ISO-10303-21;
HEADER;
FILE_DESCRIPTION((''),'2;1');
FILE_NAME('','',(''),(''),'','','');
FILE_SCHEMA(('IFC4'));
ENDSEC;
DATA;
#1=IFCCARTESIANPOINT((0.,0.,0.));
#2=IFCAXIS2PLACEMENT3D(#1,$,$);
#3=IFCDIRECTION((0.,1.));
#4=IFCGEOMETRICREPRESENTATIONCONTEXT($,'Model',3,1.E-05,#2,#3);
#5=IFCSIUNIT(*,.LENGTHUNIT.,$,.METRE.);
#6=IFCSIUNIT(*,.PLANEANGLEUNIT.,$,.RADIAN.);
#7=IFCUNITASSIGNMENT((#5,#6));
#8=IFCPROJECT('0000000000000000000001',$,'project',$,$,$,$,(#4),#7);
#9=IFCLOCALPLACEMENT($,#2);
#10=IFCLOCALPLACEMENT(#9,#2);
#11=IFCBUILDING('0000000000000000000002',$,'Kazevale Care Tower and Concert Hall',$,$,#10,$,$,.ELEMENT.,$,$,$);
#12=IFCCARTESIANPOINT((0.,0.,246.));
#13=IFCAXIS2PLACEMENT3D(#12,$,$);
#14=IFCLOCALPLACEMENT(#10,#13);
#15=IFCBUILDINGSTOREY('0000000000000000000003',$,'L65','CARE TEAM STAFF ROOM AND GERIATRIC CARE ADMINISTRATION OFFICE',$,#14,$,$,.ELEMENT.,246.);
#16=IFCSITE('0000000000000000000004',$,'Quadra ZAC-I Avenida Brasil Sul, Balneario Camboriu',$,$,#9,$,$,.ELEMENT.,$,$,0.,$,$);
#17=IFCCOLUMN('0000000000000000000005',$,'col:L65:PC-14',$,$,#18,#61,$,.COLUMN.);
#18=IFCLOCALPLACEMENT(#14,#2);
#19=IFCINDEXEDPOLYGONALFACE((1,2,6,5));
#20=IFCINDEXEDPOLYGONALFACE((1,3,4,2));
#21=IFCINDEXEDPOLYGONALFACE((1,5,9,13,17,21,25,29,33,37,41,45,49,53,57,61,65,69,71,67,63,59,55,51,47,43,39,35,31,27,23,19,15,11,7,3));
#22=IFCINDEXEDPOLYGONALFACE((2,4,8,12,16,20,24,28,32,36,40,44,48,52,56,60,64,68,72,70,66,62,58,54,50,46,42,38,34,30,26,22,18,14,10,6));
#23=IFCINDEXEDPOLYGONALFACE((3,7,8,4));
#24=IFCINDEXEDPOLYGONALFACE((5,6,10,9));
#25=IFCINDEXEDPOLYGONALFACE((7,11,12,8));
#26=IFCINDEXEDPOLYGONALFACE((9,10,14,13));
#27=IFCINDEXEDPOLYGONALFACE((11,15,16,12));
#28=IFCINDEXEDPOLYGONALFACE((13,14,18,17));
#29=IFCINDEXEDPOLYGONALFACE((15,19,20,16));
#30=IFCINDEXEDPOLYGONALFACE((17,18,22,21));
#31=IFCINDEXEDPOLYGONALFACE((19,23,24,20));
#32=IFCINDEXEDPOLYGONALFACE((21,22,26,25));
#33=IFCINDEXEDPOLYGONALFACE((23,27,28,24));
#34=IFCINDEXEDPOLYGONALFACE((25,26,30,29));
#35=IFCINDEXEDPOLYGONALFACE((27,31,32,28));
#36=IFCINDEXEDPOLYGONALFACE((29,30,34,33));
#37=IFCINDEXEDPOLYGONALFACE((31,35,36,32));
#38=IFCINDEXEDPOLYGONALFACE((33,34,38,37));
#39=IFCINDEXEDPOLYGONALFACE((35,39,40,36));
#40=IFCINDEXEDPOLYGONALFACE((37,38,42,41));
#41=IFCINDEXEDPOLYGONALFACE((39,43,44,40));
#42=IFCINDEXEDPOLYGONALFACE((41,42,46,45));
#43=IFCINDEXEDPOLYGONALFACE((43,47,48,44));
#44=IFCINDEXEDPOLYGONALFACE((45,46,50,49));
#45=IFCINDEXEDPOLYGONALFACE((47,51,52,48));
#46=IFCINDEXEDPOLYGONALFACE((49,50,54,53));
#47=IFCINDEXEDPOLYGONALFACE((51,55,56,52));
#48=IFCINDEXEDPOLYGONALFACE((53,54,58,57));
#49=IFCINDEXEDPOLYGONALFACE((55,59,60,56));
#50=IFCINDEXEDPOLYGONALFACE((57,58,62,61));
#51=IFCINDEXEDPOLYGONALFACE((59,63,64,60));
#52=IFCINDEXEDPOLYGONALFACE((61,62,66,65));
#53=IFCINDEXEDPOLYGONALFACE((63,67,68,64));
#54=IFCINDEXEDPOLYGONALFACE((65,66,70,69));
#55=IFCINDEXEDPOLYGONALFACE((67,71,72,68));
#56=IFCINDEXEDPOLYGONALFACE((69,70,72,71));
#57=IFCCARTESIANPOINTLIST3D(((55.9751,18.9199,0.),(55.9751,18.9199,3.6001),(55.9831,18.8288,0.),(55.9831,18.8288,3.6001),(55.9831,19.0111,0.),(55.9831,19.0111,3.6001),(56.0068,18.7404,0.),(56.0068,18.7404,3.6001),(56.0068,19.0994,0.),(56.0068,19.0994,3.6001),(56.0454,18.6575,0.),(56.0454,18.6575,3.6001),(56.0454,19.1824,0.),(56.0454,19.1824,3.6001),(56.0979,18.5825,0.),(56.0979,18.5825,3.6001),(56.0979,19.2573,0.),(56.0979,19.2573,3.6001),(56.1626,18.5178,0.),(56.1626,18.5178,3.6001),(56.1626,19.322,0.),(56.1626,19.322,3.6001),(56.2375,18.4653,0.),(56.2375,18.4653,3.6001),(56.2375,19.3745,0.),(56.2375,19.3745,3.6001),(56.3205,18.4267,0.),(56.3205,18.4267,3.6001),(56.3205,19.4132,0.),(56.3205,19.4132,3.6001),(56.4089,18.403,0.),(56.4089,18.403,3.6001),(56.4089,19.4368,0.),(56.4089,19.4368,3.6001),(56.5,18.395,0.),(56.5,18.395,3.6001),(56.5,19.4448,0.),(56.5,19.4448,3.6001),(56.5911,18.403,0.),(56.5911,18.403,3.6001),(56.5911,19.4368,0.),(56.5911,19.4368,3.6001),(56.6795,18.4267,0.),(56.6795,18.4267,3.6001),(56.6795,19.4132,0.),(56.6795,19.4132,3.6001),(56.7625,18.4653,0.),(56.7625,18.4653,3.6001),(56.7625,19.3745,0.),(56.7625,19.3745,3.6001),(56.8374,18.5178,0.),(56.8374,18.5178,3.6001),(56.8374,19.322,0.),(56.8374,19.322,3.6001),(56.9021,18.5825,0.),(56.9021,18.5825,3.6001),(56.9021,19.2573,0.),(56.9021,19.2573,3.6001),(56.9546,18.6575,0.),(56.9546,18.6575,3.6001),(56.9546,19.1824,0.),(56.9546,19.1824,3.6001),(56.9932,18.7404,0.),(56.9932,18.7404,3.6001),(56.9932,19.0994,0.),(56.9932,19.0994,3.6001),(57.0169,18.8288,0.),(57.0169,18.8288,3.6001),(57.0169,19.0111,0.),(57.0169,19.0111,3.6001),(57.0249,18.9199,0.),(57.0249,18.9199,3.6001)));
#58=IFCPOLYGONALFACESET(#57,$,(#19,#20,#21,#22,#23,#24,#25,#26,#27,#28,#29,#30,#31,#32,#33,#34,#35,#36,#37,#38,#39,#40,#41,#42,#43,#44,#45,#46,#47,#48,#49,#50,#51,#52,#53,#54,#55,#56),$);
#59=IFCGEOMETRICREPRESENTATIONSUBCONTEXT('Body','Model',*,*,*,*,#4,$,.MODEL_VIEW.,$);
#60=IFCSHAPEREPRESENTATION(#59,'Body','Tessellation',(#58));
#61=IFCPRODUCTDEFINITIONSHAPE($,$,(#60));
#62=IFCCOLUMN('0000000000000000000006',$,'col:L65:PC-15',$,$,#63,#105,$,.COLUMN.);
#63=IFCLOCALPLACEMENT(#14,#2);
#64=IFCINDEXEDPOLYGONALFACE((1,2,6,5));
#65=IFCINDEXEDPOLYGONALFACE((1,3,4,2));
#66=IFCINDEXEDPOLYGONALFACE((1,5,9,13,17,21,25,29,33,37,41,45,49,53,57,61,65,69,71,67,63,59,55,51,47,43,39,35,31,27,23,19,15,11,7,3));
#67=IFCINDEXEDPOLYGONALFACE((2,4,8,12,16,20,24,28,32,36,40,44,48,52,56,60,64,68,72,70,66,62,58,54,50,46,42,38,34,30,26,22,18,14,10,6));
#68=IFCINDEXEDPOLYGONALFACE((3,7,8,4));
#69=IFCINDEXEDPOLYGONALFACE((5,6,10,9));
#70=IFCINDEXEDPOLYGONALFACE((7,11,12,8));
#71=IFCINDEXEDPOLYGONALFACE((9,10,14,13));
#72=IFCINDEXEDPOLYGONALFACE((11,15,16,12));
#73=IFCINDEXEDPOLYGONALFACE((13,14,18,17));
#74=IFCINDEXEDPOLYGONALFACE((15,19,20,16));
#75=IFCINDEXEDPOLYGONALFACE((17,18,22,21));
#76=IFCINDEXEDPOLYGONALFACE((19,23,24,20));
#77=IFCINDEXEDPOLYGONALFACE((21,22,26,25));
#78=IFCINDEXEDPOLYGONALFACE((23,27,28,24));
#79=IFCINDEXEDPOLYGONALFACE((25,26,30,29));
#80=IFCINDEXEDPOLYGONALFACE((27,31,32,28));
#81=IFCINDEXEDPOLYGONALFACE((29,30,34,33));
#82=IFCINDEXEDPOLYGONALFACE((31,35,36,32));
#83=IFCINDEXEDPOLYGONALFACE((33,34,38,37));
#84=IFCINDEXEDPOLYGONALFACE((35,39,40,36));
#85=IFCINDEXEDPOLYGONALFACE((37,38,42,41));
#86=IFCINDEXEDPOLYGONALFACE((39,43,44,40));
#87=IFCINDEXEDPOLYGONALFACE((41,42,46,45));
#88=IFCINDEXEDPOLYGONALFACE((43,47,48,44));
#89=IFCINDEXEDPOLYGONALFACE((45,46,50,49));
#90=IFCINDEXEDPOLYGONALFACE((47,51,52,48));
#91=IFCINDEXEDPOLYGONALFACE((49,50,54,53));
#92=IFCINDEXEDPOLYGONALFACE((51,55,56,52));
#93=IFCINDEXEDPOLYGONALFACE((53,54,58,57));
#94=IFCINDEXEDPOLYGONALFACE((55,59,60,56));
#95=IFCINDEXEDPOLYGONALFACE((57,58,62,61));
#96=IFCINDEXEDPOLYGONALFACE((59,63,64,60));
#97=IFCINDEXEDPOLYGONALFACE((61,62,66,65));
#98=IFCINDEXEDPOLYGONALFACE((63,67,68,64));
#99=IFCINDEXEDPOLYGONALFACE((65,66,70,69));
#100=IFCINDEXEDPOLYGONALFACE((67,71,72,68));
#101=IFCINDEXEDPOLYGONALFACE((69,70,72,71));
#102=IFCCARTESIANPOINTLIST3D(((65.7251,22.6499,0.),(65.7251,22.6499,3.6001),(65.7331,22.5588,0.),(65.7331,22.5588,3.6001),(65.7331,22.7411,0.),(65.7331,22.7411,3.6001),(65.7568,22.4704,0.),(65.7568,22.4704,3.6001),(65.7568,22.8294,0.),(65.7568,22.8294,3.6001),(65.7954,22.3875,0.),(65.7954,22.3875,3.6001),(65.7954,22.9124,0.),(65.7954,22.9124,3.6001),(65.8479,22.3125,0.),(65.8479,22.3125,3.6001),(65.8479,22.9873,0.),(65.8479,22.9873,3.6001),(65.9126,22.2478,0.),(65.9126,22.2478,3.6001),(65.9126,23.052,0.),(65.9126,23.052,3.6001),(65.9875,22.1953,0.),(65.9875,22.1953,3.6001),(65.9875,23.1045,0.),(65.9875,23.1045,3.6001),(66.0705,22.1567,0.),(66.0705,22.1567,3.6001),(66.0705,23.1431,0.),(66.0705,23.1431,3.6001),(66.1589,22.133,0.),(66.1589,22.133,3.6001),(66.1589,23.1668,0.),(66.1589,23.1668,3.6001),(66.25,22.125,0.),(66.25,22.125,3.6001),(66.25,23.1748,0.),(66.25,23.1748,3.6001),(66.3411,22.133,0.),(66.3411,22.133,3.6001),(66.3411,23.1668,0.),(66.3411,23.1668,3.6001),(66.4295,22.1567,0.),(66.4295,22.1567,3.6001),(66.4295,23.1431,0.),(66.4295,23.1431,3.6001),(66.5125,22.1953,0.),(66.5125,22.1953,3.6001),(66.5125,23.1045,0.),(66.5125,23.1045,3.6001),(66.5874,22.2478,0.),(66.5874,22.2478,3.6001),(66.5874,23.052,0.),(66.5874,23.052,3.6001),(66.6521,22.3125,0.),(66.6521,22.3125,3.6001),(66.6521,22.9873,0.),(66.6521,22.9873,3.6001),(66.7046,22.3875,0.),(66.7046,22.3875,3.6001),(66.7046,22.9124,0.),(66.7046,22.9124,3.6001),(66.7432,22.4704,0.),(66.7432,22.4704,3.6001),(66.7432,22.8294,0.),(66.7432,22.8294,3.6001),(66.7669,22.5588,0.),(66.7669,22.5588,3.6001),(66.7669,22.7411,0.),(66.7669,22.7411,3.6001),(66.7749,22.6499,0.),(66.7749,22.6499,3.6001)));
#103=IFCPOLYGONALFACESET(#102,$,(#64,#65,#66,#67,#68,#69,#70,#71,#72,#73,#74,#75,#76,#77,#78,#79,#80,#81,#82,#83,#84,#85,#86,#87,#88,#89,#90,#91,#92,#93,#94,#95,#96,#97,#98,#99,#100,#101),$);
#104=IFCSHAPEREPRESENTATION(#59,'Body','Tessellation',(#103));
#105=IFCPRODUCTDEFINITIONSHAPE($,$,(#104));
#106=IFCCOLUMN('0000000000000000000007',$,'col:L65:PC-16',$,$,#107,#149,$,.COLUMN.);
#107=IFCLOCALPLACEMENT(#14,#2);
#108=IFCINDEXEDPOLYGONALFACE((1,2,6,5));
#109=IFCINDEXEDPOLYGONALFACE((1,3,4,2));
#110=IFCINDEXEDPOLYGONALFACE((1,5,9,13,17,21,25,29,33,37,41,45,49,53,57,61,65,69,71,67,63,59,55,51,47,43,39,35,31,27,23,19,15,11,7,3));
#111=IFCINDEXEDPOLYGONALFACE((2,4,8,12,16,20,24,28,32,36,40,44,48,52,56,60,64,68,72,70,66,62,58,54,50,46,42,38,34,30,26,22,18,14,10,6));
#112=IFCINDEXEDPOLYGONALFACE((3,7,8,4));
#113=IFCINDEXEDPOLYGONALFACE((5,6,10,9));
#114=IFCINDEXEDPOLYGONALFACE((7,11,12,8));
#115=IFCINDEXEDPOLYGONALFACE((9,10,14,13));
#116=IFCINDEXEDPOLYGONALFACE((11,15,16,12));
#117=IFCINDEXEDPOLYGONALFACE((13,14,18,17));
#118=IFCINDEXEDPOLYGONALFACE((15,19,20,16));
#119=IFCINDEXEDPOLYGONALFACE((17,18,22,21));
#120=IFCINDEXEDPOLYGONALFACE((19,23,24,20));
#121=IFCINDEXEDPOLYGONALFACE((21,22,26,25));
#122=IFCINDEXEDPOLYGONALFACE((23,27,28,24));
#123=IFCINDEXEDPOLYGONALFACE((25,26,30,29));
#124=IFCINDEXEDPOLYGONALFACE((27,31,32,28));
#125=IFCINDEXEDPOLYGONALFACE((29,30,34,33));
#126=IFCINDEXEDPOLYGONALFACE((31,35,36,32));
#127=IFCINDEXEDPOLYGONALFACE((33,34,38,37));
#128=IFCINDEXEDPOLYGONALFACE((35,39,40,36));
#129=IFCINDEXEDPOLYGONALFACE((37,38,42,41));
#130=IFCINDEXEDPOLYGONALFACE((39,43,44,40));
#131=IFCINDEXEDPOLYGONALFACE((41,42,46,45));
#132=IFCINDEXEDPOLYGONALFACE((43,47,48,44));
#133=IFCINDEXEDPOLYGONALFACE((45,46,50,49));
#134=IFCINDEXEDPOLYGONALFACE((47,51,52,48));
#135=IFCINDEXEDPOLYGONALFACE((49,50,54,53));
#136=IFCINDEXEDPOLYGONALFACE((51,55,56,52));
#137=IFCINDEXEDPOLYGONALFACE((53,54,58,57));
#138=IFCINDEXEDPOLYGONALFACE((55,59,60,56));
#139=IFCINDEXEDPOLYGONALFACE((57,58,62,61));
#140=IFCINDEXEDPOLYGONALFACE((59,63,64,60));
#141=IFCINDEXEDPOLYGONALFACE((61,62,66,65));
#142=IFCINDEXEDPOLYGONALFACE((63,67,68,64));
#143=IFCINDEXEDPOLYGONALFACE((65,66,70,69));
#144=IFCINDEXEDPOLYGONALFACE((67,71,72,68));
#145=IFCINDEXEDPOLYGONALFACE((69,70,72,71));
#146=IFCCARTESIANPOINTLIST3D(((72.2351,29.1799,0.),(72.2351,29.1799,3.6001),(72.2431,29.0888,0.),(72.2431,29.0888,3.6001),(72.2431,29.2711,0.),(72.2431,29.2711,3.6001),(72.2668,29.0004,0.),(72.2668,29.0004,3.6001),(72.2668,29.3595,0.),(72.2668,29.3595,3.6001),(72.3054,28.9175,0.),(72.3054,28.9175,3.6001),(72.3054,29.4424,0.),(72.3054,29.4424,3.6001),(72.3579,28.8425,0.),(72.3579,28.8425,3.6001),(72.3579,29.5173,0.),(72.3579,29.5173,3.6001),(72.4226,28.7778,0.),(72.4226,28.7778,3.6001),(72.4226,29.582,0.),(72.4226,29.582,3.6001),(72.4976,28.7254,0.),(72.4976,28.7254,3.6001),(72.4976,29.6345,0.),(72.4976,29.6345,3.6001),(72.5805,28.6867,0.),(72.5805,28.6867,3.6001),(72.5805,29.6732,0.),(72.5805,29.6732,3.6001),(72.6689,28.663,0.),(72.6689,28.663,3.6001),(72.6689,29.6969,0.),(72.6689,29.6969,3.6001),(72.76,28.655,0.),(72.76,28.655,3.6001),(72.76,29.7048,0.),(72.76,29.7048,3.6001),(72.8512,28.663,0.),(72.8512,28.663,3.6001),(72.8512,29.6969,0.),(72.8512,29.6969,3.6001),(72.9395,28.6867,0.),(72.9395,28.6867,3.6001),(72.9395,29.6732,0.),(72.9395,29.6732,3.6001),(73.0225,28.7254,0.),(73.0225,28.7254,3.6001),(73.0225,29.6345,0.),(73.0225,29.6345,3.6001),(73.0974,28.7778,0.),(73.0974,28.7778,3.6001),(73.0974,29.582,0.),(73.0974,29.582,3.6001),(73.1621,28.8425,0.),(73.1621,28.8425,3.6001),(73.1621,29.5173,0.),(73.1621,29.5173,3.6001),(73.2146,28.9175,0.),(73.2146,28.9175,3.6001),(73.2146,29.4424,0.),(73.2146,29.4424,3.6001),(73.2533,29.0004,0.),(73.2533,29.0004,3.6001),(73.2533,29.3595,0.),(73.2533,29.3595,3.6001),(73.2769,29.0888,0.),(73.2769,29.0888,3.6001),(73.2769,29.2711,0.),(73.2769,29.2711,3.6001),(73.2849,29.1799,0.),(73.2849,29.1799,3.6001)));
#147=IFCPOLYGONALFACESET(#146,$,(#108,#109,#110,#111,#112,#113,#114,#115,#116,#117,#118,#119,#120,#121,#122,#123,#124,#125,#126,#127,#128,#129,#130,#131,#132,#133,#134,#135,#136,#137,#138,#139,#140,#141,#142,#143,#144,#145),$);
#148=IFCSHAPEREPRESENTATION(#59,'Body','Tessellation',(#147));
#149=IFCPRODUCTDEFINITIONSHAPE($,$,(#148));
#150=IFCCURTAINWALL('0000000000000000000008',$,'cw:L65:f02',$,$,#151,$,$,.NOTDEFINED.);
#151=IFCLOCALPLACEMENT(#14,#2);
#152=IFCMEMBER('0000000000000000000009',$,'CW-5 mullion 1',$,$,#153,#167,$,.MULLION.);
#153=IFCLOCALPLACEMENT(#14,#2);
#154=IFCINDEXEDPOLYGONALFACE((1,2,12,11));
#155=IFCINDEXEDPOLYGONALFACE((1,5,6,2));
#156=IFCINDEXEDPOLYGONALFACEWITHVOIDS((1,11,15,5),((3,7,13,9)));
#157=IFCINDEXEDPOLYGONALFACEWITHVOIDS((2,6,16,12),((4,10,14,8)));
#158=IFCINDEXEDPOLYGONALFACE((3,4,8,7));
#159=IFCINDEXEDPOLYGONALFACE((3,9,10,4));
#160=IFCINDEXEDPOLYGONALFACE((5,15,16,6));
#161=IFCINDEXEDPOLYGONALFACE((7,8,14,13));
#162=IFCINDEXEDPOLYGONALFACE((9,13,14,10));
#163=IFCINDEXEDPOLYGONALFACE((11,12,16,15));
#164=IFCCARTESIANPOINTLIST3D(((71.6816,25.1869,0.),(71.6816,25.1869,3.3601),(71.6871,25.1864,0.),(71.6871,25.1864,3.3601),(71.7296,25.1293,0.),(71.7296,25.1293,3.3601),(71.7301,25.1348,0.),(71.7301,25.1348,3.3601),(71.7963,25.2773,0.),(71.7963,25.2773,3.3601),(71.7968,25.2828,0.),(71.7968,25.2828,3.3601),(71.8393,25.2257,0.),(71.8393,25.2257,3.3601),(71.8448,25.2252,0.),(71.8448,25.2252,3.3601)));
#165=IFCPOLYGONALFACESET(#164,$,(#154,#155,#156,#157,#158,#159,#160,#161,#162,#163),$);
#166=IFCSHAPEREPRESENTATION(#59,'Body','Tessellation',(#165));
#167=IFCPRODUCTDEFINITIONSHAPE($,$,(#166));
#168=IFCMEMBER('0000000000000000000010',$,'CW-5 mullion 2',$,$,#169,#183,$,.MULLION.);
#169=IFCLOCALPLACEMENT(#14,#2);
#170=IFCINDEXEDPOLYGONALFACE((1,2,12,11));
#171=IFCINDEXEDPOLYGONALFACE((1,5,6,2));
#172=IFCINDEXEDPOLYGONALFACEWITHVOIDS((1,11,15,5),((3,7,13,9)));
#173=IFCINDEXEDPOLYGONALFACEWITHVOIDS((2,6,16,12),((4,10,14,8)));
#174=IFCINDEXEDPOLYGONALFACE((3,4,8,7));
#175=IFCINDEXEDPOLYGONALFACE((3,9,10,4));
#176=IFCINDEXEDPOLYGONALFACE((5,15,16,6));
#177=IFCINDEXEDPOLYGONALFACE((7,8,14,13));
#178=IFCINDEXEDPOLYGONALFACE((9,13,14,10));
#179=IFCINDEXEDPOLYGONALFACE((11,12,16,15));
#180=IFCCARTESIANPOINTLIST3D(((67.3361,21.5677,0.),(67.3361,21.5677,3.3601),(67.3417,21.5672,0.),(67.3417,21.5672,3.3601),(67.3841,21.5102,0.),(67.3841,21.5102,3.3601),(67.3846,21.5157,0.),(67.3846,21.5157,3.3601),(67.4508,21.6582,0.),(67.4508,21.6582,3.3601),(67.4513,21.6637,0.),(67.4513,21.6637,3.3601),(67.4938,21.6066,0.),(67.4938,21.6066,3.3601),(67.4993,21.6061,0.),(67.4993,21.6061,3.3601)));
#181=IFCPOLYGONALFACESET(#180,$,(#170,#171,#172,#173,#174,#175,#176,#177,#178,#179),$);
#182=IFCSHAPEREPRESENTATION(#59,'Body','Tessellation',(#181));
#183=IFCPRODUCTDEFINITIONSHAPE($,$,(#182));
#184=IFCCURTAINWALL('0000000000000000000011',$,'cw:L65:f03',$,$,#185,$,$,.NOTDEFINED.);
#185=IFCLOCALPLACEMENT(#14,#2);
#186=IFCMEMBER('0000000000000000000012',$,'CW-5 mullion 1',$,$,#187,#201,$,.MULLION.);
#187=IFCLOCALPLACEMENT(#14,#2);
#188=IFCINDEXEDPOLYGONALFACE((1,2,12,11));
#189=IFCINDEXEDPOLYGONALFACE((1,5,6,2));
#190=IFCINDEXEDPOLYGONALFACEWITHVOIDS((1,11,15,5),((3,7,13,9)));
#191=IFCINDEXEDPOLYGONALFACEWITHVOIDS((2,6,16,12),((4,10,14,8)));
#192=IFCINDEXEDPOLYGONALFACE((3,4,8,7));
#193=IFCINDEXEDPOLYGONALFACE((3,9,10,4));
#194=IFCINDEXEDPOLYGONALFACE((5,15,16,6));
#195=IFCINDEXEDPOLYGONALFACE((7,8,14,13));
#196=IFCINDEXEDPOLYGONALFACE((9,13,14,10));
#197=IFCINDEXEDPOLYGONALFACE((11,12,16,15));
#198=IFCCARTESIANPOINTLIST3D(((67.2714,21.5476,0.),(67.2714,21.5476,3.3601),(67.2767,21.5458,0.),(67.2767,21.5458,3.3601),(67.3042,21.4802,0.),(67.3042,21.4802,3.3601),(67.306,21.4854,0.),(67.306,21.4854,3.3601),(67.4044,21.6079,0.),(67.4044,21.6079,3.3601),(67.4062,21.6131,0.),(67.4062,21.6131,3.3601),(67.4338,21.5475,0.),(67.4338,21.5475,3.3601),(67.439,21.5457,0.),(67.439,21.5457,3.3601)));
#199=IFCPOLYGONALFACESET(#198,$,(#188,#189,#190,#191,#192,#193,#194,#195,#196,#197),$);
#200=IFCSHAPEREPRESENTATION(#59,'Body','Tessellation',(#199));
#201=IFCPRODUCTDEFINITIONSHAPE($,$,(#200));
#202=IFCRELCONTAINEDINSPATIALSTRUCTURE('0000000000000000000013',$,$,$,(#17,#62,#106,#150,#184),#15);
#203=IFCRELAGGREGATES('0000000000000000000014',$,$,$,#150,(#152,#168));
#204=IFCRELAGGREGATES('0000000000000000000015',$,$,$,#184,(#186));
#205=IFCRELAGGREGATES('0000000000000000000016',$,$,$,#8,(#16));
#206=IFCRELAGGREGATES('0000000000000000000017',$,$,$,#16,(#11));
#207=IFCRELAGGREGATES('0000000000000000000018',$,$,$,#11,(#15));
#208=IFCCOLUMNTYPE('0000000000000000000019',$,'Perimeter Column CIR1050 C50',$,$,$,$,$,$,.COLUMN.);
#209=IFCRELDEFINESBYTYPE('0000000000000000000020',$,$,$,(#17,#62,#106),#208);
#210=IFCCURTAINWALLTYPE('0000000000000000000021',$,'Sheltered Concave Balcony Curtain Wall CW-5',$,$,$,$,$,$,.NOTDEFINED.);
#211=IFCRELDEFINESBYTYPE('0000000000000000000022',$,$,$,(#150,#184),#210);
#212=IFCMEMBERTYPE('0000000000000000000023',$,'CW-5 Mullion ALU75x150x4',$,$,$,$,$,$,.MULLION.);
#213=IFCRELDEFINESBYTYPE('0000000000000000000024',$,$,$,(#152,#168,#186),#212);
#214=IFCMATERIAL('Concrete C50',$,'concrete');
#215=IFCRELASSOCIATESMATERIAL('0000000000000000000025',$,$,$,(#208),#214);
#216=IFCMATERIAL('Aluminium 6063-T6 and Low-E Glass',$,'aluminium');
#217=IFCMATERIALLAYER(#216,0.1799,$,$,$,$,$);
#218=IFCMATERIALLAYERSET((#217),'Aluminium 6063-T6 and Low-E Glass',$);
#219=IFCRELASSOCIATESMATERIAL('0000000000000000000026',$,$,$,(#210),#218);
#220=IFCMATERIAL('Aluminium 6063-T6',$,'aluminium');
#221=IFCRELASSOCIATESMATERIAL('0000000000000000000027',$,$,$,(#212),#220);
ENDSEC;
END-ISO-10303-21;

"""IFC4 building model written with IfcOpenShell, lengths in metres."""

from ifc_helpers import new_model, si_unit, direction, frame, origin, origin_2d, place, context, subcontext, project, spatial, hollow_rectangle, circle, extrude, material, layer, layer_set, material_profile, profile_set, type_object, element, aggregate, save


model = new_model("IFC4")

# Units and contexts
model_context = context("Model", 3, precision=1e-05, world=origin(), true_north=direction((0.0, 1.0)))
body_context = subcontext(model_context, "Body", "Model", "MODEL_VIEW")
ifc_project = project(units=[si_unit("LENGTHUNIT", "METRE"), si_unit("PLANEANGLEUNIT", "RADIAN")], contexts=[model_context])

# Site, building, storey
site_placement = place(None, origin())
site = spatial("IfcSite", under=ifc_project, at=site_placement, Name="Quadra ZAC-I Avenida Brasil Sul, Balneario Camboriu", CompositionType="ELEMENT", RefElevation=0.0)
building_placement = place(site_placement, origin())
building = spatial("IfcBuilding", under=site, at=building_placement, Name="Kazevale Care Tower and Concert Hall", CompositionType="ELEMENT")
storey_placement = place(building_placement, frame((0.0, 0.0, 246.0)))
storey = spatial("IfcBuildingStorey", under=building, at=storey_placement, Name="L65", Description="CARE TEAM STAFF ROOM AND GERIATRIC CARE ADMINISTRATION OFFICE", CompositionType="ELEMENT", Elevation=246.0)

# Columns
ifc_material_1 = material(Name="Concrete C50", Category="concrete")
ifc_material_profile_1 = material_profile(ifc_material_1, circle(Radius=0.5249, at=origin_2d()), Name="RC-CIR1050")
ifc_profile_set_1 = profile_set([ifc_material_profile_1], Name="Concrete C50")
column_type = type_object("IfcColumnType", Name="Perimeter Column CIR1050 C50", PredefinedType="COLUMN", material=ifc_profile_set_1)
for number, where, z_axis, x_axis, name in (
    (1, (56.5, 18.9199, 0.0), (0.0, 0.0, 1.0), (1.0, 0.0, 0.0), "col:L65:PC-14"),
    (2, (66.25, 22.6499, 0.0), (0.0, 0.0, 1.0), (1.0, 0.0, 0.0), "col:L65:PC-15"),
    (3, (72.76, 29.1799, 0.0), (0.0, 0.0, 1.0), (1.0, 0.0, 0.0), "col:L65:PC-16"),
):
    element("IfcColumn", number, at=place(storey_placement, frame(where, z_axis=z_axis, x_axis=x_axis)), inside=storey, type_object=column_type, Name=name, PredefinedType="COLUMN", context=body_context, shape_type="SweptSolid", body=[
        extrude(circle(Radius=0.5249, at=origin_2d()), origin(), (0.0, 0.0, 1.0), 3.6001),
    ])

# Curtain walls, members
ifc_material_2 = material(Name="Aluminium 6063-T6 and Low-E Glass", Category="aluminium")
ifc_layer_1 = layer(ifc_material_2, 0.1799)
ifc_layer_set_1 = layer_set([ifc_layer_1], Name="Aluminium 6063-T6 and Low-E Glass")
curtain_wall_type = type_object("IfcCurtainWallType", Name="Sheltered Concave Balcony Curtain Wall CW-5", PredefinedType="NOTDEFINED", material=ifc_layer_set_1)
curtain_wall_1_placement = place(storey_placement, origin())
curtain_wall_1 = element("IfcCurtainWall", 4, at=curtain_wall_1_placement, inside=storey, type_object=curtain_wall_type, Name="cw:L65:f02", PredefinedType="NOTDEFINED")
ifc_material_3 = material(Name="Aluminium 6063-T6", Category="aluminium")
ifc_material_profile_2 = material_profile(ifc_material_3, hollow_rectangle(XDim=0.075, YDim=0.1499, WallThickness=0.0039, at=origin_2d()), Name="ALU75x150x4")
ifc_profile_set_2 = profile_set([ifc_material_profile_2], Name="Aluminium 6063-T6")
member_type_1 = type_object("IfcMemberType", Name="CW-5 Mullion ALU75x150x4", PredefinedType="MULLION", material=ifc_profile_set_2)
member_1_placement = place(storey_placement, frame((71.7632, 25.2061, 0.0), z_axis=(0.0, 0.0, 1.0), x_axis=(0.639961, -0.768407, 0.0)))
member_1 = element("IfcMember", 5, at=member_1_placement, type_object=member_type_1, Name="CW-5 mullion 1", PredefinedType="MULLION", context=body_context, shape_type="SweptSolid", body=[
    extrude(hollow_rectangle(XDim=0.075, YDim=0.1499, WallThickness=0.0039, at=origin_2d()), origin(), (0.0, 0.0, 1.0), 3.3601),
])
member_2_placement = place(storey_placement, frame((67.4177, 21.5869, 0.0), z_axis=(0.0, 0.0, 1.0), x_axis=(0.639961, -0.768407, 0.0)))
member_2 = element("IfcMember", 6, at=member_2_placement, type_object=member_type_1, Name="CW-5 mullion 2", PredefinedType="MULLION", context=body_context, shape_type="SweptSolid", body=[
    extrude(hollow_rectangle(XDim=0.075, YDim=0.1499, WallThickness=0.0039, at=origin_2d()), origin(), (0.0, 0.0, 1.0), 3.3601),
])
curtain_wall_2_placement = place(storey_placement, origin())
curtain_wall_2 = element("IfcCurtainWall", 7, at=curtain_wall_2_placement, inside=storey, type_object=curtain_wall_type, Name="cw:L65:f03", PredefinedType="NOTDEFINED")
member_3_placement = place(storey_placement, frame((67.3552, 21.5466, 0.0), z_axis=(0.0, 0.0, 1.0), x_axis=(0.437238, -0.899346, 0.0)))
member_3 = element("IfcMember", 8, at=member_3_placement, type_object=member_type_1, Name="CW-5 mullion 1", PredefinedType="MULLION", context=body_context, shape_type="SweptSolid", body=[
    extrude(hollow_rectangle(XDim=0.075, YDim=0.1499, WallThickness=0.0039, at=origin_2d()), origin(), (0.0, 0.0, 1.0), 3.3601),
])

aggregate(curtain_wall_1, [member_1, member_2])
aggregate(curtain_wall_2, [member_3])

save(model, "model.ifc")
